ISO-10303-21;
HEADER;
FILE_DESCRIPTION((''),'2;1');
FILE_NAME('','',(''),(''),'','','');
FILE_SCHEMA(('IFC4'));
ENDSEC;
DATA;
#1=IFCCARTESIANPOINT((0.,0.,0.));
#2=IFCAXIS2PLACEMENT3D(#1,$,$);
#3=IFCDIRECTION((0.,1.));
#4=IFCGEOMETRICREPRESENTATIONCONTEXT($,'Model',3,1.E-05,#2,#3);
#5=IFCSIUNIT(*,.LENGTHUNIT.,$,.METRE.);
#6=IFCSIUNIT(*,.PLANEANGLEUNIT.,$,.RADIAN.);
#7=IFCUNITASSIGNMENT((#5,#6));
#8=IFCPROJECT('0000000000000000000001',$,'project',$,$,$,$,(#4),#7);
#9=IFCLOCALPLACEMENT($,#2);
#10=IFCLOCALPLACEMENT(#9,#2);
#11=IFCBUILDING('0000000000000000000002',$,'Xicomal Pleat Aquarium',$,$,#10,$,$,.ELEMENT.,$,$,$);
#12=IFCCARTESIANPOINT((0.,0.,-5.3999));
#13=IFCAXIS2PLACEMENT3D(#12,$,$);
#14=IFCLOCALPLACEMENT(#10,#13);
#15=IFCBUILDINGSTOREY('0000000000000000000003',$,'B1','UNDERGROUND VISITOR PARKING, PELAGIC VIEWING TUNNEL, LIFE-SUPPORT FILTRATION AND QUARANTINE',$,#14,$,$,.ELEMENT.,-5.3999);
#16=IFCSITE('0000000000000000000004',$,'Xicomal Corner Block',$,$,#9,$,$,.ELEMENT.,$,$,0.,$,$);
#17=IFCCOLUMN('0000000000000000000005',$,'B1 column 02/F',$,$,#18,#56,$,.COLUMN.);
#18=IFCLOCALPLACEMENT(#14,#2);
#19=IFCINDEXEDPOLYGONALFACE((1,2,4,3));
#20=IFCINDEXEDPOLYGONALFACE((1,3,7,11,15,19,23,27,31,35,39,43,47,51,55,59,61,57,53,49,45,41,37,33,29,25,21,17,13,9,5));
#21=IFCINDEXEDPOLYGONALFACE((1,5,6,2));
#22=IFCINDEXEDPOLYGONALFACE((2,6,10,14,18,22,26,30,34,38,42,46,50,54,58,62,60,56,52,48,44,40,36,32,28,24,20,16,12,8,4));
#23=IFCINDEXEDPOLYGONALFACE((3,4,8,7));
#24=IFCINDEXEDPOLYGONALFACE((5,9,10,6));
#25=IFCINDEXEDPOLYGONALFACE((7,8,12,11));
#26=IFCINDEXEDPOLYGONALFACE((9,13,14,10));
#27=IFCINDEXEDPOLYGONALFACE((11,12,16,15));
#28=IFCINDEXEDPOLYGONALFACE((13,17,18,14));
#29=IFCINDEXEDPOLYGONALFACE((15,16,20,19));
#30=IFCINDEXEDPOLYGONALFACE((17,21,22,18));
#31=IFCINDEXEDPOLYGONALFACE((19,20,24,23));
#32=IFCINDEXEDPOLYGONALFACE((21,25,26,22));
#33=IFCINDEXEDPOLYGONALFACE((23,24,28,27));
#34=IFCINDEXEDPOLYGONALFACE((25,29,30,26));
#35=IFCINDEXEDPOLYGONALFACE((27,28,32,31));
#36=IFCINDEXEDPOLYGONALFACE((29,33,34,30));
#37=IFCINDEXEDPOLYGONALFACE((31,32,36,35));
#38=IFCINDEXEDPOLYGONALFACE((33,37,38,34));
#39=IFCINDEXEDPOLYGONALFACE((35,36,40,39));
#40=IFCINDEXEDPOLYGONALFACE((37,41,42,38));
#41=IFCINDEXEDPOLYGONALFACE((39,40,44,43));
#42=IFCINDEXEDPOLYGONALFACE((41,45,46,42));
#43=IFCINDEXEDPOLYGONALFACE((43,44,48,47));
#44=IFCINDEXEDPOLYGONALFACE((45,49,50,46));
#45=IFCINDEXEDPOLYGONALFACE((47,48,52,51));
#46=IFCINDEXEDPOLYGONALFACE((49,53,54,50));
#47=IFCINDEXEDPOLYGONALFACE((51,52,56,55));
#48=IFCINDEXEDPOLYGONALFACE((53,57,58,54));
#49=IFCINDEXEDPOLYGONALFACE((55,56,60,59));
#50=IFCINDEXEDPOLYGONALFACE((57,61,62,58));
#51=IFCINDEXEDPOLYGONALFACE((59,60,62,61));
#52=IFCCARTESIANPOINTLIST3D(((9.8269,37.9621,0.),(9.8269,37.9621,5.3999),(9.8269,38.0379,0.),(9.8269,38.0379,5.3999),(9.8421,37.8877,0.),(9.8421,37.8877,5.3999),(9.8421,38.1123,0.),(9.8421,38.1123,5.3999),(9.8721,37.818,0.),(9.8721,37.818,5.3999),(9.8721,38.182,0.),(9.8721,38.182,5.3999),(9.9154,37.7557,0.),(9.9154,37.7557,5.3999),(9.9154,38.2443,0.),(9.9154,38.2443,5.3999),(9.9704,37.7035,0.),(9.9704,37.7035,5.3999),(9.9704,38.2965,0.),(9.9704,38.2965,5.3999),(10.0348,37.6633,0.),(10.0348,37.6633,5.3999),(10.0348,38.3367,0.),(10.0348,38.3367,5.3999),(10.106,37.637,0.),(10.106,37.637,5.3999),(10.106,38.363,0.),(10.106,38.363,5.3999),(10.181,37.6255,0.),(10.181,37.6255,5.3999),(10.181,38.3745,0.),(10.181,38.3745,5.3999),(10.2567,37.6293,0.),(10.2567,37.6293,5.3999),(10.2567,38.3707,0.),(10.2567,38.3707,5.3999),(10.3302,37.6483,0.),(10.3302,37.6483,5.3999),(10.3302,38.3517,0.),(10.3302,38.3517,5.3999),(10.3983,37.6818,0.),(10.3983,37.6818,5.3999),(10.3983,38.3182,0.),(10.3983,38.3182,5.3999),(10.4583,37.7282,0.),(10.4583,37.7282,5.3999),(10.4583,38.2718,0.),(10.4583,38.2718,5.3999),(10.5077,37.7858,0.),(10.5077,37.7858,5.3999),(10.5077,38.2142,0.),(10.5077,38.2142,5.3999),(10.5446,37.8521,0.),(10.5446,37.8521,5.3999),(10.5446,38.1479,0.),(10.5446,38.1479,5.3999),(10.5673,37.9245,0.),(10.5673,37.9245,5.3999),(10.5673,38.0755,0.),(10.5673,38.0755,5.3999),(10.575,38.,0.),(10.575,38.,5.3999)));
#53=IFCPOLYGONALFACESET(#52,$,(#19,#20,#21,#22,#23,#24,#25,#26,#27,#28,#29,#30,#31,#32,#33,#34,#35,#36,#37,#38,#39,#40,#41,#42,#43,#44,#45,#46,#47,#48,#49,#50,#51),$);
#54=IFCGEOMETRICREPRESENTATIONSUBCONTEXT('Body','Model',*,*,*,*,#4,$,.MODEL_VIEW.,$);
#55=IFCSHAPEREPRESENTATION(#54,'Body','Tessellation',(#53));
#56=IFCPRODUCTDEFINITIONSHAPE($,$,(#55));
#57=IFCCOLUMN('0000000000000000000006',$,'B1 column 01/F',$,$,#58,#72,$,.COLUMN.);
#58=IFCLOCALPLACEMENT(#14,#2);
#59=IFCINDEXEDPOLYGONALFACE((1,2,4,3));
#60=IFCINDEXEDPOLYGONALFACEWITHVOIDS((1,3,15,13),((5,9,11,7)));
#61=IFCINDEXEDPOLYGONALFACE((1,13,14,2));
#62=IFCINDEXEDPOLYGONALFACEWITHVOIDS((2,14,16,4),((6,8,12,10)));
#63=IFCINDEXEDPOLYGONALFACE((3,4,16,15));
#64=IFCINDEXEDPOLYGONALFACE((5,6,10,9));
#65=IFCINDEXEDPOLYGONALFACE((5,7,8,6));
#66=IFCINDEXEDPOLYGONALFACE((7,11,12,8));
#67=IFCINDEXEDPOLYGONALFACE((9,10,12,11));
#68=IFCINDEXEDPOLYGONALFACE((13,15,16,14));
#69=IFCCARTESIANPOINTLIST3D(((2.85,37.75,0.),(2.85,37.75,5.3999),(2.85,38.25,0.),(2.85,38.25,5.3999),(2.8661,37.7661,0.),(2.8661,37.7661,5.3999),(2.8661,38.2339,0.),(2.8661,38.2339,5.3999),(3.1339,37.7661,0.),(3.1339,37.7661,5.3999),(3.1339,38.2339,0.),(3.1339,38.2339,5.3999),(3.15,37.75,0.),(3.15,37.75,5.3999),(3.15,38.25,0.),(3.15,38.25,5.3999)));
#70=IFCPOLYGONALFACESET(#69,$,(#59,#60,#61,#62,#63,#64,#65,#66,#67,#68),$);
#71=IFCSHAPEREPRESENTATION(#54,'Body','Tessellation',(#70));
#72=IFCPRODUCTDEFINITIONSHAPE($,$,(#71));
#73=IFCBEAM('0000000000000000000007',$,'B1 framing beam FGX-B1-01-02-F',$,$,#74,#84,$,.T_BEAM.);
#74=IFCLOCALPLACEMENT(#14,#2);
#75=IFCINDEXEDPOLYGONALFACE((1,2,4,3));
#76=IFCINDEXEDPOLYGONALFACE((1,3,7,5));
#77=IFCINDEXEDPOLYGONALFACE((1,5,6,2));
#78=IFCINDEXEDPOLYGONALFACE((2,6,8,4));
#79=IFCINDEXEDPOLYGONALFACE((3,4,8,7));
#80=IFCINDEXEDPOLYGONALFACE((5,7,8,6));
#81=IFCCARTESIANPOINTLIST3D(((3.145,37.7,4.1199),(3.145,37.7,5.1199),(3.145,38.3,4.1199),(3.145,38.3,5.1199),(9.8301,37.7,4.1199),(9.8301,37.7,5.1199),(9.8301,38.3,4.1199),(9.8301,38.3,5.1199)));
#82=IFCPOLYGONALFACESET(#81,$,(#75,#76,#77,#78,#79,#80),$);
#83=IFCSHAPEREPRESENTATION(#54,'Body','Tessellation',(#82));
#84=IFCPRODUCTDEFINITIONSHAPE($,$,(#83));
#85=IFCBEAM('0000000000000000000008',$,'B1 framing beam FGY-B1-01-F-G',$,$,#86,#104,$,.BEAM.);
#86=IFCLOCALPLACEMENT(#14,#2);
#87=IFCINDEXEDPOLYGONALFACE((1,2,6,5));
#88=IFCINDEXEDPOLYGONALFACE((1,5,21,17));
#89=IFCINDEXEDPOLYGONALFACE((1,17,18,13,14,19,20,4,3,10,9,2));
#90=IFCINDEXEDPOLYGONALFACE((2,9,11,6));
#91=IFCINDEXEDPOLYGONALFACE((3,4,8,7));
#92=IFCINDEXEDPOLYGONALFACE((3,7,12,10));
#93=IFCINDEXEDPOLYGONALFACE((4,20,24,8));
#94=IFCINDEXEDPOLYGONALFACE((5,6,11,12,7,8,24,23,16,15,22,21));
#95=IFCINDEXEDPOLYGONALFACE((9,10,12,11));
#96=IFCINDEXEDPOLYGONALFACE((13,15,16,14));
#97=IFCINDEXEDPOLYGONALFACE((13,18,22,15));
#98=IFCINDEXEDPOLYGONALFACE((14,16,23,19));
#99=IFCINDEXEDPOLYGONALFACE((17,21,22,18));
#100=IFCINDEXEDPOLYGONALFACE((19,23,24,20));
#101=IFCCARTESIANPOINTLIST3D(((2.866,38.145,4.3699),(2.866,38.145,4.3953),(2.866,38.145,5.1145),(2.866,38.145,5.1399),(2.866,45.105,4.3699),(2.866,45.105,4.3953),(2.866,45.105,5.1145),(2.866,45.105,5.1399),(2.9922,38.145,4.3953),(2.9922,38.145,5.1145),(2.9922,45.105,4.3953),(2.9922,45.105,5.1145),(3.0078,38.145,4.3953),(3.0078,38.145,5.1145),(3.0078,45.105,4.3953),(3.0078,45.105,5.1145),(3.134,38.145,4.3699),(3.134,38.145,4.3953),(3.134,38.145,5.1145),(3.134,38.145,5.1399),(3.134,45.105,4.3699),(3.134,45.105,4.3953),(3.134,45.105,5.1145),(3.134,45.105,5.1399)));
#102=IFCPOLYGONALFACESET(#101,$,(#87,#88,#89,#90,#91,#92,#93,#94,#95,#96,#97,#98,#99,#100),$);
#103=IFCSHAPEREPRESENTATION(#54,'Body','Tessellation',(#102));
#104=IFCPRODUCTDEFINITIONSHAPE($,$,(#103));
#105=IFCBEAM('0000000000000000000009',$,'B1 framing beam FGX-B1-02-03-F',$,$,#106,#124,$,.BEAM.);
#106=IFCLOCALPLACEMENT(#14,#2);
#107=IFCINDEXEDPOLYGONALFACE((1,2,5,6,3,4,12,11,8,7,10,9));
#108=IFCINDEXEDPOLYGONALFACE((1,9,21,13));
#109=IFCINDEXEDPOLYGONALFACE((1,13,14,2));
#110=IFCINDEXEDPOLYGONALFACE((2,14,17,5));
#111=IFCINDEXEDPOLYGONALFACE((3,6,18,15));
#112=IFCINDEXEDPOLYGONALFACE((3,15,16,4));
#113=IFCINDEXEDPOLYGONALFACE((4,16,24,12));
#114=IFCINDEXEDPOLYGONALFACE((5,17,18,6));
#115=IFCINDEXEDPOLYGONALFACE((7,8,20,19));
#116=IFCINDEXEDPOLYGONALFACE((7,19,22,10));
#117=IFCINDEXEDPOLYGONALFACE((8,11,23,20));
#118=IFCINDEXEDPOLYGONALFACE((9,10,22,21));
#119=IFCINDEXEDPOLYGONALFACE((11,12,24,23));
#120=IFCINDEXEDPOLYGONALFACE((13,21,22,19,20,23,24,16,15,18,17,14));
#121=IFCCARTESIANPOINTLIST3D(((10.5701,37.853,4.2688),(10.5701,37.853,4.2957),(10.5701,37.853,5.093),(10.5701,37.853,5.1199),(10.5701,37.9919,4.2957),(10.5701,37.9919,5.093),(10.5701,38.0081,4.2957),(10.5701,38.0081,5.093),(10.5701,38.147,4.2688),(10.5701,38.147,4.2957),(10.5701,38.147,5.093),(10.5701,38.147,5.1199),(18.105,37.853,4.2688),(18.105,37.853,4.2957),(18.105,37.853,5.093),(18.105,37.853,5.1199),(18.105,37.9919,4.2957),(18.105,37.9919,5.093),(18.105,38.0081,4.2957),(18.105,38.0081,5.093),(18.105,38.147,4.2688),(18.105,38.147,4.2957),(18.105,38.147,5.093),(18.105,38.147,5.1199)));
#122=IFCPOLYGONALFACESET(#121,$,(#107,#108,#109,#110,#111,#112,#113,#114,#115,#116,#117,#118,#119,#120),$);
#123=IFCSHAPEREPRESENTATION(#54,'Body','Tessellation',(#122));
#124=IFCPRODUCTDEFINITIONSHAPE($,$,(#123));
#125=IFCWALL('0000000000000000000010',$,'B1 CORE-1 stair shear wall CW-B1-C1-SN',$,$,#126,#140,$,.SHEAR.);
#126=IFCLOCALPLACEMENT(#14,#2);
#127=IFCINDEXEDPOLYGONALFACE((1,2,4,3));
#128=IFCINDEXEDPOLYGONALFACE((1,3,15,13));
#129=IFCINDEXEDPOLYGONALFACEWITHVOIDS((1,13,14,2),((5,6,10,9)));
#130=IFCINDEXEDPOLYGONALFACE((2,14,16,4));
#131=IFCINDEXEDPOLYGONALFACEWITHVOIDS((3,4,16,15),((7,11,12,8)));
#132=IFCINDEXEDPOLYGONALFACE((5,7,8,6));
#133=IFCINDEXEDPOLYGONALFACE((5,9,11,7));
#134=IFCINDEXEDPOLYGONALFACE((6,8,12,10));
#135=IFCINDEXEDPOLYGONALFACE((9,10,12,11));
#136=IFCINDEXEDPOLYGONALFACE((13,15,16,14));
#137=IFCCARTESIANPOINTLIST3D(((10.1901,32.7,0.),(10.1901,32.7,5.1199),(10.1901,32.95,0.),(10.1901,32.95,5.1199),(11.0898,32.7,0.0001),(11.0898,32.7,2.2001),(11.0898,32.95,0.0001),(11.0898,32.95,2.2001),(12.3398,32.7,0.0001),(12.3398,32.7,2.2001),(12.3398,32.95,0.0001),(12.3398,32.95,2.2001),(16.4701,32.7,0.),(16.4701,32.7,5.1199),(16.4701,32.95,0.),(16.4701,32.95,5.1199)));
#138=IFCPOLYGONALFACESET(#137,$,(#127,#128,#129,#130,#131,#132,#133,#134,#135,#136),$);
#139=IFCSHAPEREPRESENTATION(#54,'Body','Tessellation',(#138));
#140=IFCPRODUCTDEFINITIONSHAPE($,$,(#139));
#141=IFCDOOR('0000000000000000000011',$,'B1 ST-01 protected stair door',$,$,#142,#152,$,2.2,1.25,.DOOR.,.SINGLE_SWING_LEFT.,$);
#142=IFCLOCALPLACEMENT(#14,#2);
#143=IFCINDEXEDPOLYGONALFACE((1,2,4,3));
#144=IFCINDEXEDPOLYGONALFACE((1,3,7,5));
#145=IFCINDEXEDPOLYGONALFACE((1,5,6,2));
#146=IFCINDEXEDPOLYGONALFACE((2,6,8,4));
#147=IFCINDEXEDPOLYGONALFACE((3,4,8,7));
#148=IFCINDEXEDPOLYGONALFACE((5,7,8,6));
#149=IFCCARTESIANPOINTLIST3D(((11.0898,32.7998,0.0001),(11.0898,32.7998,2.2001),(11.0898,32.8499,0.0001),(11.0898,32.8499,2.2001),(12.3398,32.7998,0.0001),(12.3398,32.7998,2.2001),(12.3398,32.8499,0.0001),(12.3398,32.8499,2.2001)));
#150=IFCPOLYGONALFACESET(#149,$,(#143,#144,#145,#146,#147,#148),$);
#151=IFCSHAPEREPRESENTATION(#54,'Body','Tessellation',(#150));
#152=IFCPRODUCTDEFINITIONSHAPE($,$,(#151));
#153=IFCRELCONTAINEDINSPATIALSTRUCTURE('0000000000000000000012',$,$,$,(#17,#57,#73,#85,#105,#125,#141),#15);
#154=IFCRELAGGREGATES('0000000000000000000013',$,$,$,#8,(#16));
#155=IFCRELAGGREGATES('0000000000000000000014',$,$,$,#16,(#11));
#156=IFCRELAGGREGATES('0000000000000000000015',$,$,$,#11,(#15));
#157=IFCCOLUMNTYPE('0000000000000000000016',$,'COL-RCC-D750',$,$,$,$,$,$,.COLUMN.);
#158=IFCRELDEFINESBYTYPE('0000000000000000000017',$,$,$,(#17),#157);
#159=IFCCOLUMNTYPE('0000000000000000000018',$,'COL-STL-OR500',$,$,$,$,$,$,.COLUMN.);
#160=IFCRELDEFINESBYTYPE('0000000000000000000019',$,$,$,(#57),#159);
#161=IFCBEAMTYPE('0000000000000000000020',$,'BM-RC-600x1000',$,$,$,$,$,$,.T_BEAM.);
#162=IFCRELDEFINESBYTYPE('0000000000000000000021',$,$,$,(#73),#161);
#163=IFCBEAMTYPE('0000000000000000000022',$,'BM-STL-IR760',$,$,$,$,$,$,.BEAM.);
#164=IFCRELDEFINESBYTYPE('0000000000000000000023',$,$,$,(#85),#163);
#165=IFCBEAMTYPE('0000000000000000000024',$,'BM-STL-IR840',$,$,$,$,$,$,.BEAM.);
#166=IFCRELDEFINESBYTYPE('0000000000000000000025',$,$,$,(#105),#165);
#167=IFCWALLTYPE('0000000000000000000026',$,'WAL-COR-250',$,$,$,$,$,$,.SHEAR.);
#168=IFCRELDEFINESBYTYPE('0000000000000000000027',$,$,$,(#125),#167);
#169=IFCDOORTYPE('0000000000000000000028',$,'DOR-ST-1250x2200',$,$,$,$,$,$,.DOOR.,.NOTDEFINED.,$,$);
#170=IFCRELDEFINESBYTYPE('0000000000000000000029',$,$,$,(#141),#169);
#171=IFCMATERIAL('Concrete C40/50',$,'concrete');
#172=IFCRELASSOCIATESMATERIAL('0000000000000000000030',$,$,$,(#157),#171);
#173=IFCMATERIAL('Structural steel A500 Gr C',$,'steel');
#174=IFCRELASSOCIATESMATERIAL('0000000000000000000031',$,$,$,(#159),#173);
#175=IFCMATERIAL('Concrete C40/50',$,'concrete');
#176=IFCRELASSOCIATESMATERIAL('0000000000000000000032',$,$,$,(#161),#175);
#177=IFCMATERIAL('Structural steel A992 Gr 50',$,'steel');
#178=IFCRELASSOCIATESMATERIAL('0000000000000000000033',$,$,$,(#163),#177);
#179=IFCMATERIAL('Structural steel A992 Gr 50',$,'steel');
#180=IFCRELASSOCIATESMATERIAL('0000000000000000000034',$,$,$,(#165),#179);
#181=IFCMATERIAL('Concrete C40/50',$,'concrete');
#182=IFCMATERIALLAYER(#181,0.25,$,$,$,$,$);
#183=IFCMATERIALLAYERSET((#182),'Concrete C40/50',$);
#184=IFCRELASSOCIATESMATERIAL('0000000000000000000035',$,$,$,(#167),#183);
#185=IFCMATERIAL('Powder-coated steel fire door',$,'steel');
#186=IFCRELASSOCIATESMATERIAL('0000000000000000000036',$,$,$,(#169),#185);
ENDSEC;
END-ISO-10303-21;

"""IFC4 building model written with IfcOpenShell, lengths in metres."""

from ifc_helpers import new_model, si_unit, direction, frame, frame_2d, origin, origin_2d, place, context, subcontext, project, spatial, rectangle, hollow_rectangle, circle, i_section, extrude, material, layer, layer_set, material_profile, profile_set, type_object, element, fill, save


model = new_model("IFC4")

# Units and contexts
model_context = context("Model", 3, precision=1e-05, world=origin(), true_north=direction((0.0, 1.0)))
body_context = subcontext(model_context, "Body", "Model", "MODEL_VIEW")
ifc_project = project(units=[si_unit("LENGTHUNIT", "METRE"), si_unit("PLANEANGLEUNIT", "RADIAN")], contexts=[model_context])

# Site, building, storey
site_placement = place(None, origin())
site = spatial("IfcSite", under=ifc_project, at=site_placement, Name="Xicomal Corner Block", CompositionType="ELEMENT", RefElevation=0.0)
building_placement = place(site_placement, origin())
building = spatial("IfcBuilding", under=site, at=building_placement, Name="Xicomal Pleat Aquarium", CompositionType="ELEMENT")
storey_placement = place(building_placement, frame((0.0, 0.0, -5.3999)))
storey = spatial("IfcBuildingStorey", under=building, at=storey_placement, Name="B1", Description="UNDERGROUND VISITOR PARKING, PELAGIC VIEWING TUNNEL, LIFE-SUPPORT FILTRATION AND QUARANTINE", CompositionType="ELEMENT", Elevation=-5.3999)

# Columns
ifc_material_1 = material(Name="Concrete C40/50", Category="concrete")
ifc_material_profile_1 = material_profile(ifc_material_1, circle(Radius=0.375, at=origin_2d()), Name="RCC D750")
ifc_profile_set_1 = profile_set([ifc_material_profile_1], Name="Concrete C40/50")
column_type_1 = type_object("IfcColumnType", Name="COL-RCC-D750", PredefinedType="COLUMN", material=ifc_profile_set_1)
column_1_placement = place(storey_placement, frame((10.2, 38.0, 0.0), z_axis=(0.0, 0.0, 1.0), x_axis=(1.0, 0.0, 0.0)))
element("IfcColumn", 1, at=column_1_placement, inside=storey, type_object=column_type_1, Name="B1 column 02/F", PredefinedType="COLUMN", context=body_context, shape_type="SweptSolid", body=[
    extrude(circle(Radius=0.375, at=origin_2d()), origin(), (0.0, 0.0, 1.0), 5.3999),
])
ifc_material_2 = material(Name="Structural steel A500 Gr C", Category="steel")
ifc_material_profile_2 = material_profile(ifc_material_2, hollow_rectangle(XDim=0.3, YDim=0.5, WallThickness=0.0161, at=origin_2d()), Name="OR 500x300x16")
ifc_profile_set_2 = profile_set([ifc_material_profile_2], Name="Structural steel A500 Gr C")
column_type_2 = type_object("IfcColumnType", Name="COL-STL-OR500", PredefinedType="COLUMN", material=ifc_profile_set_2)
column_2_placement = place(storey_placement, frame((3.0, 38.0, 0.0), z_axis=(0.0, 0.0, 1.0), x_axis=(1.0, 0.0, 0.0)))
element("IfcColumn", 2, at=column_2_placement, inside=storey, type_object=column_type_2, Name="B1 column 01/F", PredefinedType="COLUMN", context=body_context, shape_type="SweptSolid", body=[
    extrude(hollow_rectangle(XDim=0.3, YDim=0.5, WallThickness=0.0161, at=origin_2d()), origin(), (0.0, 0.0, 1.0), 5.3999),
])

# Beams
ifc_material_3 = material(Name="Concrete C40/50", Category="concrete")
ifc_material_profile_3 = material_profile(ifc_material_3, rectangle(XDim=0.6001, YDim=1.0, at=origin_2d()), Name="RC 600x1000")
ifc_profile_set_3 = profile_set([ifc_material_profile_3], Name="Concrete C40/50")
beam_type_1 = type_object("IfcBeamType", Name="BM-RC-600x1000", PredefinedType="T_BEAM", material=ifc_profile_set_3)
beam_1_placement = place(storey_placement, frame((3.145, 38.0, 4.6199), z_axis=(1.0, 0.0, 0.0), x_axis=(0.0, 1.0, 0.0)))
element("IfcBeam", 3, at=beam_1_placement, inside=storey, type_object=beam_type_1, Name="B1 framing beam FGX-B1-01-02-F", PredefinedType="T_BEAM", context=body_context, shape_type="SweptSolid", body=[
    extrude(rectangle(XDim=0.6001, YDim=1.0, at=origin_2d()), origin(), (0.0, 0.0, 1.0), 6.6851),
])
ifc_material_4 = material(Name="Structural steel A992 Gr 50", Category="steel")
ifc_material_profile_4 = material_profile(ifc_material_4, i_section(OverallWidth=0.2681, OverallDepth=0.77, WebThickness=0.0156, FlangeThickness=0.0254, at=origin_2d()), Name="IR 760x196")
ifc_profile_set_4 = profile_set([ifc_material_profile_4], Name="Structural steel A992 Gr 50")
beam_type_2 = type_object("IfcBeamType", Name="BM-STL-IR760", PredefinedType="BEAM", material=ifc_profile_set_4)
beam_2_placement = place(storey_placement, frame((3.0, 38.145, 4.7549), z_axis=(0.0, 1.0, 0.0), x_axis=(-1.0, 0.0, 0.0)))
element("IfcBeam", 4, at=beam_2_placement, inside=storey, type_object=beam_type_2, Name="B1 framing beam FGY-B1-01-F-G", PredefinedType="BEAM", context=body_context, shape_type="SweptSolid", body=[
    extrude(i_section(OverallWidth=0.2681, OverallDepth=0.77, WebThickness=0.0156, FlangeThickness=0.0254, at=origin_2d()), origin(), (0.0, 0.0, 1.0), 6.96),
])
ifc_material_5 = material(Name="Structural steel A992 Gr 50", Category="steel")
ifc_material_profile_5 = material_profile(ifc_material_5, i_section(OverallWidth=0.2939, OverallDepth=0.8511, WebThickness=0.0161, FlangeThickness=0.0269, at=origin_2d()), Name="IR 840x226")
ifc_profile_set_5 = profile_set([ifc_material_profile_5], Name="Structural steel A992 Gr 50")
beam_type_3 = type_object("IfcBeamType", Name="BM-STL-IR840", PredefinedType="BEAM", material=ifc_profile_set_5)
beam_3_placement = place(storey_placement, frame((10.5701, 38.0, 4.6943), z_axis=(1.0, 0.0, 0.0), x_axis=(0.0, 1.0, 0.0)))
element("IfcBeam", 5, at=beam_3_placement, inside=storey, type_object=beam_type_3, Name="B1 framing beam FGX-B1-02-03-F", PredefinedType="BEAM", context=body_context, shape_type="SweptSolid", body=[
    extrude(i_section(OverallWidth=0.2939, OverallDepth=0.8511, WebThickness=0.0161, FlangeThickness=0.0269, at=origin_2d()), origin(), (0.0, 0.0, 1.0), 7.5349),
])

# Wall, opening, door
ifc_material_6 = material(Name="Concrete C40/50", Category="concrete")
ifc_layer_1 = layer(ifc_material_6, 0.25)
ifc_layer_set_1 = layer_set([ifc_layer_1], Name="Concrete C40/50")
wall_type_1 = type_object("IfcWallType", Name="WAL-COR-250", PredefinedType="SHEAR", material=ifc_layer_set_1)
wall_1_placement = place(storey_placement, frame((10.1899, 32.825, 0.0), z_axis=(0.0, 0.0, 1.0), x_axis=(1.0, 0.0, 0.0)))
wall_1 = element("IfcWall", 6, at=wall_1_placement, inside=storey, type_object=wall_type_1, Name="B1 CORE-1 stair shear wall CW-B1-C1-SN", PredefinedType="SHEAR", context=body_context, shape_type="SweptSolid", body=[
    extrude(rectangle(XDim=6.28, YDim=0.25, at=frame_2d((3.1401, 0.0))), origin(), (0.0, 0.0, 1.0), 5.1199),
])
opening_1_placement = place(wall_1_placement, frame((0.8999, 0.0, 0.0)))
opening_1 = element("IfcOpeningElement", 7, at=opening_1_placement, cuts=wall_1, PredefinedType="OPENING", context=body_context, shape_type="SweptSolid", body=[
    extrude(rectangle(XDim=1.25, YDim=2.2, at=frame_2d((0.625, 1.1001))), frame((0.0, 0.135, 0.0), z_axis=(0.0, -1.0, 0.0), x_axis=(1.0, 0.0, 0.0)), (0.0, 0.0, 1.0), 0.27),
])
ifc_material_7 = material(Name="Powder-coated steel fire door", Category="steel")
door_type_1 = type_object("IfcDoorType", Name="DOR-ST-1250x2200", OperationType="NOTDEFINED", PredefinedType="DOOR", material=ifc_material_7)
door_1_placement = place(opening_1_placement, origin())
door_1 = element("IfcDoor", 8, at=door_1_placement, inside=storey, type_object=door_type_1, Name="B1 ST-01 protected stair door", OperationType="SINGLE_SWING_LEFT", OverallHeight=2.2, OverallWidth=1.25, PredefinedType="DOOR", context=body_context, shape_type="SweptSolid", body=[
    extrude(rectangle(XDim=1.25, YDim=2.2, at=frame_2d((0.625, 1.1001))), frame((0.0, 0.0249, 0.0), z_axis=(0.0, -1.0, 0.0), x_axis=(1.0, 0.0, 0.0)), (0.0, 0.0, 1.0), 0.05),
])
fill(opening_1, door_1)

save(model, "model.ifc")
